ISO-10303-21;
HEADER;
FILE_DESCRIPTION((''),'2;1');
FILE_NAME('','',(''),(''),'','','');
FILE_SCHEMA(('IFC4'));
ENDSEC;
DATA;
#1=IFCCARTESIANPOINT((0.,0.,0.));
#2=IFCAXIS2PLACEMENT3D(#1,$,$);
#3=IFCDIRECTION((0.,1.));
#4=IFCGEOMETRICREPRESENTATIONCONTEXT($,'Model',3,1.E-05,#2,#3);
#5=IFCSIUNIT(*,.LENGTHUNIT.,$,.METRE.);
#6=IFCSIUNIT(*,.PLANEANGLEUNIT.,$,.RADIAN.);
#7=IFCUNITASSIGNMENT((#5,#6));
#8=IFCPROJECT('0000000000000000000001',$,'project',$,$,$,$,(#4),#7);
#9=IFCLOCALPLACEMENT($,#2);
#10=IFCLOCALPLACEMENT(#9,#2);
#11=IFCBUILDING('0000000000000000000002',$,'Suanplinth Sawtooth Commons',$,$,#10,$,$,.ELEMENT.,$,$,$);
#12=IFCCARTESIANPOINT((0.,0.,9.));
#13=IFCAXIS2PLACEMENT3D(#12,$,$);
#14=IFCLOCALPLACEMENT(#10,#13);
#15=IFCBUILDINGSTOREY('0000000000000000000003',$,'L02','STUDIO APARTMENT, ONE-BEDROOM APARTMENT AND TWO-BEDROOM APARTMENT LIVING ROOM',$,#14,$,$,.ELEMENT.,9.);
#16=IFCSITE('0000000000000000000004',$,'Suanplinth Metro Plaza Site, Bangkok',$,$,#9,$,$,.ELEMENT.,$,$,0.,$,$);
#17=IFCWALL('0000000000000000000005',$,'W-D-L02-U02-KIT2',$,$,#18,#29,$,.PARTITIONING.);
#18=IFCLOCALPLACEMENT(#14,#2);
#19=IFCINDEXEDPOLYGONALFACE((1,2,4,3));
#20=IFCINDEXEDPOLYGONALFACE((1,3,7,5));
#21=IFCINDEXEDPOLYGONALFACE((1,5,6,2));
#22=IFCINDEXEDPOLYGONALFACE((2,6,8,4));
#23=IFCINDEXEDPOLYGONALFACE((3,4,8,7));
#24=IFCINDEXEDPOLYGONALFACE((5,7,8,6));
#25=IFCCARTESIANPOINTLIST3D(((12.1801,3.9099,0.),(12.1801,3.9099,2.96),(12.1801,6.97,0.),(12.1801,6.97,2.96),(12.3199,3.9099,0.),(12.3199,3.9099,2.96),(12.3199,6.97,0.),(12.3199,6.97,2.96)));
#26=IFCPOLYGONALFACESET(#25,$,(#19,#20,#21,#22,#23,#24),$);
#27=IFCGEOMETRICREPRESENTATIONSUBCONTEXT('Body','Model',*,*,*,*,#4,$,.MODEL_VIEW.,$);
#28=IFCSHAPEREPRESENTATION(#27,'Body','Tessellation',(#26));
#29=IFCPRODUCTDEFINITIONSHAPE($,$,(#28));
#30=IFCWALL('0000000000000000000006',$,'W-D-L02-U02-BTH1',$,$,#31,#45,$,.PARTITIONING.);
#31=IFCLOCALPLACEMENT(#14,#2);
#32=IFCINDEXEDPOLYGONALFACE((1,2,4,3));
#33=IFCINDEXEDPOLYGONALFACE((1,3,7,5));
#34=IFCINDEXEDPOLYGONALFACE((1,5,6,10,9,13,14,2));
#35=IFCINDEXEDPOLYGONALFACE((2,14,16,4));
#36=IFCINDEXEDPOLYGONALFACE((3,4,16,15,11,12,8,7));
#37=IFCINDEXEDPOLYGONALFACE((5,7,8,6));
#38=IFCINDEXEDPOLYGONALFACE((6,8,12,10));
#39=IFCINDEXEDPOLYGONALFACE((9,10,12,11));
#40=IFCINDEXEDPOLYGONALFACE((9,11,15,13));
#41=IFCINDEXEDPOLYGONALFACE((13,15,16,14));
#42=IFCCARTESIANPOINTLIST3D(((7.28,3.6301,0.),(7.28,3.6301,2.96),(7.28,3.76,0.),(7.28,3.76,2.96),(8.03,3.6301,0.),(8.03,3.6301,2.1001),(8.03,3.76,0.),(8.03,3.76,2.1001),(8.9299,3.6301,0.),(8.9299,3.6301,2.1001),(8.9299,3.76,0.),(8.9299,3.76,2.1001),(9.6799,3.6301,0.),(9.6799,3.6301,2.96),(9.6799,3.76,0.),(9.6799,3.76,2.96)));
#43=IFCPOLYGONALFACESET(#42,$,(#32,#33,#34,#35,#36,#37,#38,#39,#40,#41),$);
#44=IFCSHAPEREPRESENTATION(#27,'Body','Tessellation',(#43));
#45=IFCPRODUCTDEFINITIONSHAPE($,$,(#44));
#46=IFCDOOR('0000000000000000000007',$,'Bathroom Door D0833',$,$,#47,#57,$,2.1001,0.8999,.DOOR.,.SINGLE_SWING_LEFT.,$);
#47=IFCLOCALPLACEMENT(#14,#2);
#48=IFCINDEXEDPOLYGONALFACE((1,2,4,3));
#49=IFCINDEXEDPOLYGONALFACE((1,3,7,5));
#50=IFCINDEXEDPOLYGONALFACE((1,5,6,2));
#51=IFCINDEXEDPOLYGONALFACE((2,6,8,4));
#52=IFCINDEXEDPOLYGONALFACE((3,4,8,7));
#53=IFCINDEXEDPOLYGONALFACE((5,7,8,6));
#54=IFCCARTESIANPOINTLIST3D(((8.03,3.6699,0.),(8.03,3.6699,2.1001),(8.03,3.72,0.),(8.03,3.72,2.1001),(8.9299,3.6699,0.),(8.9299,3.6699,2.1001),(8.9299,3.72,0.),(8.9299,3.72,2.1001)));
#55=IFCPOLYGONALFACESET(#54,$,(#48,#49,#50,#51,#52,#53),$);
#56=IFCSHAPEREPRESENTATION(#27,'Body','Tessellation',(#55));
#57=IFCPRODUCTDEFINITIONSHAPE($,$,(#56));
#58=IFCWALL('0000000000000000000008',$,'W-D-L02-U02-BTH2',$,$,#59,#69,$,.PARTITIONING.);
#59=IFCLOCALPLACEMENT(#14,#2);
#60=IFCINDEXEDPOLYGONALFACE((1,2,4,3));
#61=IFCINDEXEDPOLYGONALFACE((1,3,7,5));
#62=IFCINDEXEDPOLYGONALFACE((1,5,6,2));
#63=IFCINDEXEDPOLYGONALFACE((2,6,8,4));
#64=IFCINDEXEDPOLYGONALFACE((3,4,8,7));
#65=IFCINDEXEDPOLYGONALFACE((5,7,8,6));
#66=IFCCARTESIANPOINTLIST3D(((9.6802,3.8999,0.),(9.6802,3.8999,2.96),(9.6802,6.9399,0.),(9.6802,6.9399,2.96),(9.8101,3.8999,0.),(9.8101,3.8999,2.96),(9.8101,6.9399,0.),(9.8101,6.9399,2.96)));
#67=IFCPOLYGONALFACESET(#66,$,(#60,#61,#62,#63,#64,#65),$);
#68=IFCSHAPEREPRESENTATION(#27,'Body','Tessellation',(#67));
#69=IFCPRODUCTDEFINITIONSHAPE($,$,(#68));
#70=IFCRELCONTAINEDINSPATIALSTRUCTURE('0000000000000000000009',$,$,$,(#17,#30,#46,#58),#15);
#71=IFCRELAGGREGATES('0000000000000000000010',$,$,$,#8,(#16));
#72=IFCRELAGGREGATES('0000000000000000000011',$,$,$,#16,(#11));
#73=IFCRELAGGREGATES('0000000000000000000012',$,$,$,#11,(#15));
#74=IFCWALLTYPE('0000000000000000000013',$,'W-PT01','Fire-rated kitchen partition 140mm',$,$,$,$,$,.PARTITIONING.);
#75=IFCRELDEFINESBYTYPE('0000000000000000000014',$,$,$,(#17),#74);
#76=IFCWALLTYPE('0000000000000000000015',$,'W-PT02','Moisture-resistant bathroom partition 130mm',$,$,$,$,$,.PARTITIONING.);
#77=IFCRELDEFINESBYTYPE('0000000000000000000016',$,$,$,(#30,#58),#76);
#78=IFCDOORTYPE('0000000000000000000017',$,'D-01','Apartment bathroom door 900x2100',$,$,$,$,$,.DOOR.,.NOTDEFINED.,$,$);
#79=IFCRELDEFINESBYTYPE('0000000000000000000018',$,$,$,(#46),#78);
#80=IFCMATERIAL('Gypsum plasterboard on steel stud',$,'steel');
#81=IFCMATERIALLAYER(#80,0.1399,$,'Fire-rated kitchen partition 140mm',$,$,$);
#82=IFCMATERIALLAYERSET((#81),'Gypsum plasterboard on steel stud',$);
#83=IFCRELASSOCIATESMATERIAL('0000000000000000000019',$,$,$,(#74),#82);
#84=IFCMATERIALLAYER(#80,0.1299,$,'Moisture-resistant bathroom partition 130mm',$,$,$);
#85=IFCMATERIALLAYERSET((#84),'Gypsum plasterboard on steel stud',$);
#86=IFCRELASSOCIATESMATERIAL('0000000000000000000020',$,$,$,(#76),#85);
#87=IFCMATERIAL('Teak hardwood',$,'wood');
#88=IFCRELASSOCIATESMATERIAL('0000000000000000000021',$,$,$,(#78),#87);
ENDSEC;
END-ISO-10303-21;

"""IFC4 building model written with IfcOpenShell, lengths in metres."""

from ifc_helpers import new_model, si_unit, direction, frame, frame_2d, origin, place, context, subcontext, project, spatial, rectangle, extrude, material, layer, layer_set, type_object, element, fill, save


model = new_model("IFC4")

# Units and contexts
model_context = context("Model", 3, precision=1e-05, world=origin(), true_north=direction((0.0, 1.0)))
body_context = subcontext(model_context, "Body", "Model", "MODEL_VIEW")
ifc_project = project(units=[si_unit("LENGTHUNIT", "METRE"), si_unit("PLANEANGLEUNIT", "RADIAN")], contexts=[model_context])

# Site, building, storey
site_placement = place(None, origin())
site = spatial("IfcSite", under=ifc_project, at=site_placement, Name="Suanplinth Metro Plaza Site, Bangkok", CompositionType="ELEMENT", RefElevation=0.0)
building_placement = place(site_placement, origin())
building = spatial("IfcBuilding", under=site, at=building_placement, Name="Suanplinth Sawtooth Commons", CompositionType="ELEMENT")
storey_placement = place(building_placement, frame((0.0, 0.0, 9.0)))
storey = spatial("IfcBuildingStorey", under=building, at=storey_placement, Name="L02", Description="STUDIO APARTMENT, ONE-BEDROOM APARTMENT AND TWO-BEDROOM APARTMENT LIVING ROOM", CompositionType="ELEMENT", Elevation=9.0)

# Shared definitions
ifc_material_1 = material(Name="Gypsum plasterboard on steel stud", Category="steel")
ifc_layer_1 = layer(ifc_material_1, 0.1399, Name="Fire-rated kitchen partition 140mm")
ifc_layer_set_1 = layer_set([ifc_layer_1], Name="Gypsum plasterboard on steel stud")
wall_type_1 = type_object("IfcWallType", Name="W-PT01", Description="Fire-rated kitchen partition 140mm", PredefinedType="PARTITIONING", material=ifc_layer_set_1)
ifc_material_2 = material(Name="Teak hardwood", Category="wood")

# Wall
wall_1_placement = place(storey_placement, frame((12.25, 3.9099, 0.0), z_axis=(0.0, 0.0, 1.0), x_axis=(0.0, 1.0, 0.0)))
element("IfcWall", 1, at=wall_1_placement, inside=storey, type_object=wall_type_1, Name="W-D-L02-U02-KIT2", PredefinedType="PARTITIONING", context=body_context, shape_type="SweptSolid", body=[
    extrude(rectangle(XDim=3.0601, YDim=0.1399, at=frame_2d((1.53, 0.0))), origin(), (0.0, 0.0, 1.0), 2.96),
])

# Wall, opening, door
ifc_layer_2 = layer(ifc_material_1, 0.1299, Name="Moisture-resistant bathroom partition 130mm")
ifc_layer_set_2 = layer_set([ifc_layer_2], Name="Gypsum plasterboard on steel stud")
wall_type_2 = type_object("IfcWallType", Name="W-PT02", Description="Moisture-resistant bathroom partition 130mm", PredefinedType="PARTITIONING", material=ifc_layer_set_2)
wall_2_placement = place(storey_placement, frame((7.28, 3.6951, 0.0), z_axis=(0.0, 0.0, 1.0), x_axis=(1.0, 0.0, 0.0)))
wall_2 = element("IfcWall", 2, at=wall_2_placement, inside=storey, type_object=wall_type_2, Name="W-D-L02-U02-BTH1", PredefinedType="PARTITIONING", context=body_context, shape_type="SweptSolid", body=[
    extrude(rectangle(XDim=2.3999, YDim=0.1299, at=frame_2d((1.2, 0.0))), origin(), (0.0, 0.0, 1.0), 2.96),
])
opening_1_placement = place(wall_2_placement, frame((0.75, 0.0, 0.0)))
opening_1 = element("IfcOpeningElement", 3, at=opening_1_placement, cuts=wall_2, PredefinedType="OPENING", context=body_context, shape_type="SweptSolid", body=[
    extrude(rectangle(XDim=0.8999, YDim=2.1001, at=frame_2d((0.45, 1.05))), frame((0.0, 0.0798, 0.0), z_axis=(0.0, -1.0, 0.0), x_axis=(1.0, 0.0, 0.0)), (0.0, 0.0, 1.0), 0.1597),
])
door_type_1 = type_object("IfcDoorType", Name="D-01", Description="Apartment bathroom door 900x2100", OperationType="NOTDEFINED", PredefinedType="DOOR", material=ifc_material_2)
door_1_placement = place(opening_1_placement, origin())
door_1 = element("IfcDoor", 4, at=door_1_placement, inside=storey, type_object=door_type_1, Name="Bathroom Door D0833", OperationType="SINGLE_SWING_LEFT", OverallHeight=2.1001, OverallWidth=0.8999, PredefinedType="DOOR", context=body_context, shape_type="SweptSolid", body=[
    extrude(rectangle(XDim=0.8999, YDim=2.1001, at=frame_2d((0.45, 1.05))), frame((0.0, 0.0249, 0.0), z_axis=(0.0, -1.0, 0.0), x_axis=(1.0, 0.0, 0.0)), (0.0, 0.0, 1.0), 0.05),
])
fill(opening_1, door_1)

# Wall
wall_3_placement = place(storey_placement, frame((9.7451, 3.8999, 0.0), z_axis=(0.0, 0.0, 1.0), x_axis=(0.0, 1.0, 0.0)))
element("IfcWall", 5, at=wall_3_placement, inside=storey, type_object=wall_type_2, Name="W-D-L02-U02-BTH2", PredefinedType="PARTITIONING", context=body_context, shape_type="SweptSolid", body=[
    extrude(rectangle(XDim=3.04, YDim=0.1299, at=frame_2d((1.52, 0.0))), origin(), (0.0, 0.0, 1.0), 2.96),
])

save(model, "model.ifc")
